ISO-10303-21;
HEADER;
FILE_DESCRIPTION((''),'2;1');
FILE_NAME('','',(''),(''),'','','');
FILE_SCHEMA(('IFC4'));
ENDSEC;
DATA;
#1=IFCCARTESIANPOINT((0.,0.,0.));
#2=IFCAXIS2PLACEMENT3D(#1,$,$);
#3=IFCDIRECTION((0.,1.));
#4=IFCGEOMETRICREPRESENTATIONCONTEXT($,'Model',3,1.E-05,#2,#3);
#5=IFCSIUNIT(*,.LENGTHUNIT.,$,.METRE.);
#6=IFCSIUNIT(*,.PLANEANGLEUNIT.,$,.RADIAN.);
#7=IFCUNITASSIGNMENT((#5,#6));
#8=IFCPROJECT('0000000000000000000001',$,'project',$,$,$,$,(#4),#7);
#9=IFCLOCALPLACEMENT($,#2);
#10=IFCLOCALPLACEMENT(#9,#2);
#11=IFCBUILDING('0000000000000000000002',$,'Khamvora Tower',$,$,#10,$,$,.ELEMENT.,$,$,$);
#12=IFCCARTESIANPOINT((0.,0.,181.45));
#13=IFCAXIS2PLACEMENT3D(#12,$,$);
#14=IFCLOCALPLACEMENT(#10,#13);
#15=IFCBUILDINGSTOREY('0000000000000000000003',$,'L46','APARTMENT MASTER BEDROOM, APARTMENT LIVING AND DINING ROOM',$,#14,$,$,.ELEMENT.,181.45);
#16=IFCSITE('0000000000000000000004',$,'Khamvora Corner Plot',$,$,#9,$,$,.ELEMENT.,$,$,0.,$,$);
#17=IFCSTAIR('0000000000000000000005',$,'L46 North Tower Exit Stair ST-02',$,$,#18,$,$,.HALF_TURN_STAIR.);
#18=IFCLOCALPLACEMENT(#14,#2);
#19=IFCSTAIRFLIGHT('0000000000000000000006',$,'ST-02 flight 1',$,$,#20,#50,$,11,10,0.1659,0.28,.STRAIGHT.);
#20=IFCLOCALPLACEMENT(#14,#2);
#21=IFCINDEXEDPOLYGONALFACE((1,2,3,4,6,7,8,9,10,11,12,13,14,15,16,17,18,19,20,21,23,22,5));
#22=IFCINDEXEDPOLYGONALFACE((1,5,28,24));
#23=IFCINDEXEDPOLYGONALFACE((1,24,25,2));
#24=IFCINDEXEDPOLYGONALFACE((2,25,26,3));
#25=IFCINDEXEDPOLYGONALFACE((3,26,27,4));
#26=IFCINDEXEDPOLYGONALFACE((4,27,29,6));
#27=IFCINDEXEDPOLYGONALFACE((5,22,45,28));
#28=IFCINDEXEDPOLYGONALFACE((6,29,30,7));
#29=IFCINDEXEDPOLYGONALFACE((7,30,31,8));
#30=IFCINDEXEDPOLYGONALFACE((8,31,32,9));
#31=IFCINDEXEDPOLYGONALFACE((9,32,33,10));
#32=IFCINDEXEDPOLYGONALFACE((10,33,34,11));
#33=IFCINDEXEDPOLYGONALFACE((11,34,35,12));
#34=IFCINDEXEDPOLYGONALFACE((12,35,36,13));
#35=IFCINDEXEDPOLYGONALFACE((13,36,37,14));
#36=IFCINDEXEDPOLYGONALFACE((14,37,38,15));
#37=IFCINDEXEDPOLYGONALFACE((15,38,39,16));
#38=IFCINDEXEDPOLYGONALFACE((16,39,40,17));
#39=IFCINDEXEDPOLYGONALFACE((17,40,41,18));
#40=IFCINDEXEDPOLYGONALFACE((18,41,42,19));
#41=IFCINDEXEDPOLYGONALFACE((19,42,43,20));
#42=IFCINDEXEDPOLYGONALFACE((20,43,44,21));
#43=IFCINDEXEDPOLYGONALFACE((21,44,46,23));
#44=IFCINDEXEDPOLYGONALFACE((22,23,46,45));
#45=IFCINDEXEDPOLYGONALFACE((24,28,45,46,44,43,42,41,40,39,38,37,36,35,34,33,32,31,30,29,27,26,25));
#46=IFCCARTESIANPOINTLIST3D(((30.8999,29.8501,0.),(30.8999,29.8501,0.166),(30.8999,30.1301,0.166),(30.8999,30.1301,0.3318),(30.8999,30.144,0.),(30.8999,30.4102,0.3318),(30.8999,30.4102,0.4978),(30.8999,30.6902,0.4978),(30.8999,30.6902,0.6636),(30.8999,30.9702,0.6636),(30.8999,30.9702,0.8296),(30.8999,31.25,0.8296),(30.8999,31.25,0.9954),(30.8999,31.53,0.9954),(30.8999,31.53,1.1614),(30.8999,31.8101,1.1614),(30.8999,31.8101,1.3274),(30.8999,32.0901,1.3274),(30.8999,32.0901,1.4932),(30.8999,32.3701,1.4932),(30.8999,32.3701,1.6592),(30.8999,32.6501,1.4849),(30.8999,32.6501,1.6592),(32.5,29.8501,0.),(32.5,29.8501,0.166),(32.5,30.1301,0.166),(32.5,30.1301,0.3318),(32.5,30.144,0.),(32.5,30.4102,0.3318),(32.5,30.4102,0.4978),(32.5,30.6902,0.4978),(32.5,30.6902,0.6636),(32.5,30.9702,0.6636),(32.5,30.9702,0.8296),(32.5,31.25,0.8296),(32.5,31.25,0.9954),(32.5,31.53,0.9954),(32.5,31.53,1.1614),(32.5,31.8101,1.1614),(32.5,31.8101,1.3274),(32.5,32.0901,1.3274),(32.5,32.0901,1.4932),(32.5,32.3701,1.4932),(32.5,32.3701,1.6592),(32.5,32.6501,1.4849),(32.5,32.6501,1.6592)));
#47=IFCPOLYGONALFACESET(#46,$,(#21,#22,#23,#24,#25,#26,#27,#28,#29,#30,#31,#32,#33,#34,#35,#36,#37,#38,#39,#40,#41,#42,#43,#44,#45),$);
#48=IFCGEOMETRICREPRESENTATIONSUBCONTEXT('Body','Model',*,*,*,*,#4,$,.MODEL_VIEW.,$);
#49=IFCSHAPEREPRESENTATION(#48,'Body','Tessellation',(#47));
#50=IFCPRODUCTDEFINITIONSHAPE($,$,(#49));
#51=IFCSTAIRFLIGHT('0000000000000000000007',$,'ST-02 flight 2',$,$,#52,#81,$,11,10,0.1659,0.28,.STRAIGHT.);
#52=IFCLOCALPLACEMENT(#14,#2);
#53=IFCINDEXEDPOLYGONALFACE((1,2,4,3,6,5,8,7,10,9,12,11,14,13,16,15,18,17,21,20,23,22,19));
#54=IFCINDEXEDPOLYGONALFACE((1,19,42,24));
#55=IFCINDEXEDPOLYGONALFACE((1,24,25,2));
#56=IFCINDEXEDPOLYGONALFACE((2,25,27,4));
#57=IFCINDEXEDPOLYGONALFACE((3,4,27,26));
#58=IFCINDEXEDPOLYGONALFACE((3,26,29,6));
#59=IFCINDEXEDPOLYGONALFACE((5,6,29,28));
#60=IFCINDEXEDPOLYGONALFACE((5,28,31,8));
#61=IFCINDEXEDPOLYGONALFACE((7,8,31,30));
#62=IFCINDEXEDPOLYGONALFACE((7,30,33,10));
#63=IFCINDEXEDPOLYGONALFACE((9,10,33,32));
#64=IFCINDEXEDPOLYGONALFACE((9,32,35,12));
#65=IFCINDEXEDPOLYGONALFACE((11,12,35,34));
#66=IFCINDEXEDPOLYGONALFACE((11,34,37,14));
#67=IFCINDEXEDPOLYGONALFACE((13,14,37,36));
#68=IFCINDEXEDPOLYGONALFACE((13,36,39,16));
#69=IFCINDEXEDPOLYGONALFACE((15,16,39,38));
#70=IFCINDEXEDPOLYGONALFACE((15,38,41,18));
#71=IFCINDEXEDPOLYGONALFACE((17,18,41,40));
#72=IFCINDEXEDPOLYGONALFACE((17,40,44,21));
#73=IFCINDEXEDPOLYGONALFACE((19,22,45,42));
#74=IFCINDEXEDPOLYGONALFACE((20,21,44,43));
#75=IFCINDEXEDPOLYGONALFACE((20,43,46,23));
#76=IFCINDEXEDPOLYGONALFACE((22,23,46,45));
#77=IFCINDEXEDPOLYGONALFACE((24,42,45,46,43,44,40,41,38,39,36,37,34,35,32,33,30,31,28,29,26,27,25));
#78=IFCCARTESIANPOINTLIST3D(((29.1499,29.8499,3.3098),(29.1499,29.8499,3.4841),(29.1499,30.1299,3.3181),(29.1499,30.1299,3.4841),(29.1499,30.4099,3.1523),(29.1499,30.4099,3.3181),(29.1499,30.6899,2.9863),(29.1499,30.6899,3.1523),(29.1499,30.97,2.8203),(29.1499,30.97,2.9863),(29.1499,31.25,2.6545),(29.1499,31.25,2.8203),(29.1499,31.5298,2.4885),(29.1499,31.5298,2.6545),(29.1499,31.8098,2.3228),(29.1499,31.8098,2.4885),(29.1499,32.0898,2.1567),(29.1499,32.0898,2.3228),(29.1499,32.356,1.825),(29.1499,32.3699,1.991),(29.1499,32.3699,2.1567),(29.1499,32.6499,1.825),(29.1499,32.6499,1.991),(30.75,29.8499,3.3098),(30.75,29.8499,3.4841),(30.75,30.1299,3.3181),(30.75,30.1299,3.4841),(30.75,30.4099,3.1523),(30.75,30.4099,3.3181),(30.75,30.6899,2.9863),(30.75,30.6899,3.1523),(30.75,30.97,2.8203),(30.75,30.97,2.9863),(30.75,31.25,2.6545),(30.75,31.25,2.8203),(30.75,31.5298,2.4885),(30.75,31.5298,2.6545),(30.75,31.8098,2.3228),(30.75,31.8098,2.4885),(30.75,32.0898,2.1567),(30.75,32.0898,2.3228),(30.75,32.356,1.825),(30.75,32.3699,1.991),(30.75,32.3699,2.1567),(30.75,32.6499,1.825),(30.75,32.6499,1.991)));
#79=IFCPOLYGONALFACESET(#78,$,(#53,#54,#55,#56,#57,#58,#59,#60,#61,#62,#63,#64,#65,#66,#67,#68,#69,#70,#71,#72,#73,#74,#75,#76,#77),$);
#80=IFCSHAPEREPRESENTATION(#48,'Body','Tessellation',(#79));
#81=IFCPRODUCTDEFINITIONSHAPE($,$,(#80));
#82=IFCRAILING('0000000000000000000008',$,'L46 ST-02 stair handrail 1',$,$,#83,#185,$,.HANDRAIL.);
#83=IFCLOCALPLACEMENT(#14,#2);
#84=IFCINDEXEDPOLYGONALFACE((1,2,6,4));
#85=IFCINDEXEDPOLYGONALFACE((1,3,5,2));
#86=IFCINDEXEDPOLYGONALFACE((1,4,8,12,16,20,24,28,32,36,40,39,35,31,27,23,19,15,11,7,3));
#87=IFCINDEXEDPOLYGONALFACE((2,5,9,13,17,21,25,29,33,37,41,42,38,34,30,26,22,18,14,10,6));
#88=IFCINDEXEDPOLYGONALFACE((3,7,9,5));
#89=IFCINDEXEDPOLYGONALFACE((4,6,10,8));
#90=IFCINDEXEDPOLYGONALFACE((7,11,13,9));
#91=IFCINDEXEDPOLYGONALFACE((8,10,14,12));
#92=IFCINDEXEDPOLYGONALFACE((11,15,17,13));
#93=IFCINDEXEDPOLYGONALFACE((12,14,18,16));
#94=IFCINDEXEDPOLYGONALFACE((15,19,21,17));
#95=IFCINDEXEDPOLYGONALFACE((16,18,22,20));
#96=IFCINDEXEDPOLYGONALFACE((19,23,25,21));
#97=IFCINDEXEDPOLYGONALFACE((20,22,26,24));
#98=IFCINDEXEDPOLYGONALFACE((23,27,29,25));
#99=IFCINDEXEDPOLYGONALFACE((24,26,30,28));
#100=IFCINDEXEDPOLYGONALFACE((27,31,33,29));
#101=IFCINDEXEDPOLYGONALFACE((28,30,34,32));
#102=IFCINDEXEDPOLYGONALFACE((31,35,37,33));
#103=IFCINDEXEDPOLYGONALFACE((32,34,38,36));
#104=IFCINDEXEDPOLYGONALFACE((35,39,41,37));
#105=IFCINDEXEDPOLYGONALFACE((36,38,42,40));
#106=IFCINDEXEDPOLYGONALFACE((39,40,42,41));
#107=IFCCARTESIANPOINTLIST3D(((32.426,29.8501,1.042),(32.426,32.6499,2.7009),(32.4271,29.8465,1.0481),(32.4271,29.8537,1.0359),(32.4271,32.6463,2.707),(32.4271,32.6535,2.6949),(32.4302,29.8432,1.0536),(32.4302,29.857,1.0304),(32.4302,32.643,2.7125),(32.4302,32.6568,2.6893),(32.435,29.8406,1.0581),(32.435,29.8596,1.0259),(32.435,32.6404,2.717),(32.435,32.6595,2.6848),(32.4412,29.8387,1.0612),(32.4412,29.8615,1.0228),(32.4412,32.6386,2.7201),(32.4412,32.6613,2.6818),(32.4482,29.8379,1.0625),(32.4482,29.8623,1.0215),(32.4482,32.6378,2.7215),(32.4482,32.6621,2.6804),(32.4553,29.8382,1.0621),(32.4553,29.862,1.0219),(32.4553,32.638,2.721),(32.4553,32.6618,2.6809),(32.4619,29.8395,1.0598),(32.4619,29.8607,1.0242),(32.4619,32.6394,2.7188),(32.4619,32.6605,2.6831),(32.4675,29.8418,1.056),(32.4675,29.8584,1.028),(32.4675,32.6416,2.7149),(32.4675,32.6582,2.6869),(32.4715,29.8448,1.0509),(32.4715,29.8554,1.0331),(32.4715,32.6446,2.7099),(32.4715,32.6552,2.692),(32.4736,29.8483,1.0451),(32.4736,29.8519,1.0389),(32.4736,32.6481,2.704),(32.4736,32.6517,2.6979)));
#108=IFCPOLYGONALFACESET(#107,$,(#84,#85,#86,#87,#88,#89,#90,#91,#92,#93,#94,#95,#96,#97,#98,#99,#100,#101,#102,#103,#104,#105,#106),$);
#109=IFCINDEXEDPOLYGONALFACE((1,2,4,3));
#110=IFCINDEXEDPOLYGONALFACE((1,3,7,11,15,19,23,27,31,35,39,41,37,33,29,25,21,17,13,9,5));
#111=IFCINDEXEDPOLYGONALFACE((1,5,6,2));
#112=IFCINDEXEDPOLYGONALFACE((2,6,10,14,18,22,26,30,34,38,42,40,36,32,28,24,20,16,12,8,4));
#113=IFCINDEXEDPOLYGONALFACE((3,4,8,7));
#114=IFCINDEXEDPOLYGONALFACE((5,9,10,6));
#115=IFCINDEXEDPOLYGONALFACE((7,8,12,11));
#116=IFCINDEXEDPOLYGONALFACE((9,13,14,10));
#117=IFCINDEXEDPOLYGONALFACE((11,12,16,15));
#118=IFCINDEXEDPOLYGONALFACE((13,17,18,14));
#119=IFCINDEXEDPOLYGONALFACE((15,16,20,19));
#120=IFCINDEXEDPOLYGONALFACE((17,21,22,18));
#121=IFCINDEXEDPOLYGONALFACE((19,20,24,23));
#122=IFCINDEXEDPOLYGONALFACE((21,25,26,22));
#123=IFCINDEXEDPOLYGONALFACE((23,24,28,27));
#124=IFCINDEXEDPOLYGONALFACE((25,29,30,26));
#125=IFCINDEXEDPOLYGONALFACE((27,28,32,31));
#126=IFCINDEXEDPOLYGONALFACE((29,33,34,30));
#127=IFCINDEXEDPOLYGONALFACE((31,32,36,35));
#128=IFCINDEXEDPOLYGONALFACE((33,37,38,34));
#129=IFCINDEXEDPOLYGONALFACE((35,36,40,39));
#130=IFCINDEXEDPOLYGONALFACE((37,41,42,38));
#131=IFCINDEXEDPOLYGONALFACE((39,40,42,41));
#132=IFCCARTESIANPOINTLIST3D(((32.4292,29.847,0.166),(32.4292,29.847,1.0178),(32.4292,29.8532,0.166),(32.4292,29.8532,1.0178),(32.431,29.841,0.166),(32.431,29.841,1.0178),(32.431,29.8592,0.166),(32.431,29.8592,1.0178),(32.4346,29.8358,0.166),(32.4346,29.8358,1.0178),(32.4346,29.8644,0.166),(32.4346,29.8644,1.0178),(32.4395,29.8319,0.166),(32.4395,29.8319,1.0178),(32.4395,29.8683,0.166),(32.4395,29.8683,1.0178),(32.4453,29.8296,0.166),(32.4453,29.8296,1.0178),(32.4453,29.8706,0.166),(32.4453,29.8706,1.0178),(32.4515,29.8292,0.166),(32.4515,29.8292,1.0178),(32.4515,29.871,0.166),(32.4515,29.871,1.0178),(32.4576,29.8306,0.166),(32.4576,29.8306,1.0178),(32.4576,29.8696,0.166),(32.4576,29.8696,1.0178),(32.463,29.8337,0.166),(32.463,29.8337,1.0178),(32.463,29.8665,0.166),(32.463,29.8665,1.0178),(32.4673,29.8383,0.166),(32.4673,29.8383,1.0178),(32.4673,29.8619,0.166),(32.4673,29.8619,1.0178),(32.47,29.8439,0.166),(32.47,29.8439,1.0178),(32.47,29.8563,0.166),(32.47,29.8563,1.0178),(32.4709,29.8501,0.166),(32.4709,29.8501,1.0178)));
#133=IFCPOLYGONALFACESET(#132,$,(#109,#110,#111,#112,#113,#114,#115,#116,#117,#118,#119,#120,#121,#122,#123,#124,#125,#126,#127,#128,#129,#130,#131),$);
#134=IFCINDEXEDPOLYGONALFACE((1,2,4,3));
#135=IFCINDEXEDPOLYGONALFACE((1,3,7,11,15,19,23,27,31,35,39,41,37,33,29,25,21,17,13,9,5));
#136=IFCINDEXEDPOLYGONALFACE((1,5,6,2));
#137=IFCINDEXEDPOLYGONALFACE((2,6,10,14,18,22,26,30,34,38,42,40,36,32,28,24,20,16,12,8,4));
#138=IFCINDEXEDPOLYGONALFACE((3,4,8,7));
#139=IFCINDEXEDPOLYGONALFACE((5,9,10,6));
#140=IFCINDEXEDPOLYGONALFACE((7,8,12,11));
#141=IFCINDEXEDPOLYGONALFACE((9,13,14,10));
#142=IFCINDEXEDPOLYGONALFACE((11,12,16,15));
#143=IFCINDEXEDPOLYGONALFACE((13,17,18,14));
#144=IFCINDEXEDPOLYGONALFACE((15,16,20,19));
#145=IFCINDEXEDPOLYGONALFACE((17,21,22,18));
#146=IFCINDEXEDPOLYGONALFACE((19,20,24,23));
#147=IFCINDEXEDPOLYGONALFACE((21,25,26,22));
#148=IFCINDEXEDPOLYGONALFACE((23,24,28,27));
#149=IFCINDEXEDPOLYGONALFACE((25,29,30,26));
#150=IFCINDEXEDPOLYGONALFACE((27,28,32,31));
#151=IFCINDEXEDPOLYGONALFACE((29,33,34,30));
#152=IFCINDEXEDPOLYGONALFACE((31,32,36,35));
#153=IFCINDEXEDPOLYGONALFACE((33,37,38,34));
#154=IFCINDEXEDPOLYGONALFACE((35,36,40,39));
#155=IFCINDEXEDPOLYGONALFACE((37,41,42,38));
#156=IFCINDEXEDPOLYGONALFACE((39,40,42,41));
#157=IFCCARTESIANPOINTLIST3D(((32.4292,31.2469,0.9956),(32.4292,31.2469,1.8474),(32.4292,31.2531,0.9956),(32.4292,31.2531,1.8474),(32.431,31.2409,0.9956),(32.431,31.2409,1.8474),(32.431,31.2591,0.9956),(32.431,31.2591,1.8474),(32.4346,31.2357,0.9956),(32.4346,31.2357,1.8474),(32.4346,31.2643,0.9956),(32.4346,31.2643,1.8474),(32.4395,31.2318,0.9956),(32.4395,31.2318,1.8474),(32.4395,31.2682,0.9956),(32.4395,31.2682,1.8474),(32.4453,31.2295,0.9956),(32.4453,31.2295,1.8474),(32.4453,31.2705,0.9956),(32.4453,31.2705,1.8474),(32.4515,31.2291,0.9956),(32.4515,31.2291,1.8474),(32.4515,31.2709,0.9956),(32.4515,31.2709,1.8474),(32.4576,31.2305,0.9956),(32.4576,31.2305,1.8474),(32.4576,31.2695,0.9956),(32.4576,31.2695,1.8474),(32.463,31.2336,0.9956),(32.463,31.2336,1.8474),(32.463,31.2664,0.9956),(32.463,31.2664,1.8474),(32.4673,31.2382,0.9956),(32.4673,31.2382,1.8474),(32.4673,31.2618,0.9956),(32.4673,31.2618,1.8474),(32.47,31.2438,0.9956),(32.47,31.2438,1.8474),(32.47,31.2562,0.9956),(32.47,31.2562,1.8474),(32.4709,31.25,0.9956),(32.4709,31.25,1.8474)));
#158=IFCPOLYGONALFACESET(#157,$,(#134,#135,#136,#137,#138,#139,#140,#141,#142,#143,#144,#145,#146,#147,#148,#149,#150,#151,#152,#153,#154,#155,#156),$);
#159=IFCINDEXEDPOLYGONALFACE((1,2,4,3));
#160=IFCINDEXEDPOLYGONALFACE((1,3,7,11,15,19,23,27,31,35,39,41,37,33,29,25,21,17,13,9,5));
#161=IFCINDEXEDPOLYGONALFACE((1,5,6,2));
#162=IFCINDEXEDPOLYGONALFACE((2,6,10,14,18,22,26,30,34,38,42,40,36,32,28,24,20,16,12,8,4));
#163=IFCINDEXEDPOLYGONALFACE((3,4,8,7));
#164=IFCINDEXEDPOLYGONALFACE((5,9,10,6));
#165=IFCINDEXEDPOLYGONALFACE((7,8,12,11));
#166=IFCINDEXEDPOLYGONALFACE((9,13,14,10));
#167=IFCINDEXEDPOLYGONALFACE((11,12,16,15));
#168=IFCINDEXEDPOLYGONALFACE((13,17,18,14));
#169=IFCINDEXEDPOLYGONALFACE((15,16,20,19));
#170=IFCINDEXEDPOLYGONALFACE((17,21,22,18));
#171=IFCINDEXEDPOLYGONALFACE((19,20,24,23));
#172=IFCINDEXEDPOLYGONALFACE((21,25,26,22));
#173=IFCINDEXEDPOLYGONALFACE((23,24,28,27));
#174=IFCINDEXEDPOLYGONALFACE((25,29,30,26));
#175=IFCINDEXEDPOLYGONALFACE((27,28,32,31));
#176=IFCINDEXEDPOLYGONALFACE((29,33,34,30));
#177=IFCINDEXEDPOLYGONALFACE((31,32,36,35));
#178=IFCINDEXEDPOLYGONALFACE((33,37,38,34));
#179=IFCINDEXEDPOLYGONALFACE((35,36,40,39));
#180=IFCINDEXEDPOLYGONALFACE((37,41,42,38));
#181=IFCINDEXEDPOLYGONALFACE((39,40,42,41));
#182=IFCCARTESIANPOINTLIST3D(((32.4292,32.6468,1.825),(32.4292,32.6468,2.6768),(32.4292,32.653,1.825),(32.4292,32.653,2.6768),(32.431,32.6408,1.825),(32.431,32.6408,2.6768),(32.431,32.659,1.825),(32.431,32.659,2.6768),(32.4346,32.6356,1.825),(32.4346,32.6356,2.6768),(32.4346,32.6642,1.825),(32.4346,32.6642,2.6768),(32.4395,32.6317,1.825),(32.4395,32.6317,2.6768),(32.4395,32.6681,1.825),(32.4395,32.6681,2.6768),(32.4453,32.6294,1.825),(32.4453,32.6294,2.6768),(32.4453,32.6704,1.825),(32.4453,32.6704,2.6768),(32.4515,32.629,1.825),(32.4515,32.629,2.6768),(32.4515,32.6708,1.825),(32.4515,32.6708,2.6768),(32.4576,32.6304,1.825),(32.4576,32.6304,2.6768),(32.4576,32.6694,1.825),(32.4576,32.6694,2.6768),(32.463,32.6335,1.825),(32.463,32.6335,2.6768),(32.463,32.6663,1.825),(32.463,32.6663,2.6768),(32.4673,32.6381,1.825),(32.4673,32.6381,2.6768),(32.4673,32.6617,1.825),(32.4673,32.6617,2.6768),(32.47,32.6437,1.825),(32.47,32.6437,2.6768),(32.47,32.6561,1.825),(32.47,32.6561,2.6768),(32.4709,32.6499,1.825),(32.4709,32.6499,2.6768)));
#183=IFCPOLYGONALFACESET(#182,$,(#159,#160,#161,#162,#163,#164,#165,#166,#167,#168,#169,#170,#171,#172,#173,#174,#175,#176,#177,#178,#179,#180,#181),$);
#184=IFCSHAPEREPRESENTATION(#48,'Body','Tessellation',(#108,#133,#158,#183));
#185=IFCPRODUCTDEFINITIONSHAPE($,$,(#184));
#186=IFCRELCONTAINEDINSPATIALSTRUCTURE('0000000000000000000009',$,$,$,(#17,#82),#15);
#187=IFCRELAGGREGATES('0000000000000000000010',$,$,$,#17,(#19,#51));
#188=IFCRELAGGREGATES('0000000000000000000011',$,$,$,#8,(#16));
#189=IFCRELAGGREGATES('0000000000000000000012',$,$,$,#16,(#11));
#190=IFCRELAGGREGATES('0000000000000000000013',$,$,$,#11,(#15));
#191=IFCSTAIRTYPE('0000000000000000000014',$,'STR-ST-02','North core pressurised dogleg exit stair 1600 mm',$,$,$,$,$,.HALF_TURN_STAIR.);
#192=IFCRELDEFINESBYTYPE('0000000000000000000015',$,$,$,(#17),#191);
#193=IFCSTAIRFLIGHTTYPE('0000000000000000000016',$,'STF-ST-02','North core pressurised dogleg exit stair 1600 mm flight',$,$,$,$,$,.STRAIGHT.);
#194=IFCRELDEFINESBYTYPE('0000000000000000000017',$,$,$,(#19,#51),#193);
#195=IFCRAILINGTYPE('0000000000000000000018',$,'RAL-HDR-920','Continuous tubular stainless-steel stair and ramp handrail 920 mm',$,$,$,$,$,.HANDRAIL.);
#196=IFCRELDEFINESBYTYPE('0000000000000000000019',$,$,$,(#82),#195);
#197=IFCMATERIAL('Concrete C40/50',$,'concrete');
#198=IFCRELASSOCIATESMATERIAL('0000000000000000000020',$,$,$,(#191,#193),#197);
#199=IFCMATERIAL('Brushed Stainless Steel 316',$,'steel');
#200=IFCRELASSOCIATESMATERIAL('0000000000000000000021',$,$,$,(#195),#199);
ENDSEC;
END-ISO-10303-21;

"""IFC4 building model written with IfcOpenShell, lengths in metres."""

from ifc_helpers import new_model, si_unit, direction, frame, origin, origin_2d, place, context, subcontext, project, spatial, polyline, circle, outline, extrude, material, type_object, element, aggregate, save


model = new_model("IFC4")

# Units and contexts
model_context = context("Model", 3, precision=1e-05, world=origin(), true_north=direction((0.0, 1.0)))
body_context = subcontext(model_context, "Body", "Model", "MODEL_VIEW")
ifc_project = project(units=[si_unit("LENGTHUNIT", "METRE"), si_unit("PLANEANGLEUNIT", "RADIAN")], contexts=[model_context])

# Site, building, storey
site_placement = place(None, origin())
site = spatial("IfcSite", under=ifc_project, at=site_placement, Name="Khamvora Corner Plot", CompositionType="ELEMENT", RefElevation=0.0)
building_placement = place(site_placement, origin())
building = spatial("IfcBuilding", under=site, at=building_placement, Name="Khamvora Tower", CompositionType="ELEMENT")
storey_placement = place(building_placement, frame((0.0, 0.0, 181.45)))
storey = spatial("IfcBuildingStorey", under=building, at=storey_placement, Name="L46", Description="APARTMENT MASTER BEDROOM, APARTMENT LIVING AND DINING ROOM", CompositionType="ELEMENT", Elevation=181.45)

# Stair, stair flights
ifc_material_1 = material(Name="Concrete C40/50", Category="concrete")
stair_type = type_object("IfcStairType", Name="STR-ST-02", Description="North core pressurised dogleg exit stair 1600 mm", PredefinedType="HALF_TURN_STAIR", material=ifc_material_1)
stair_placement = place(storey_placement, origin())
stair = element("IfcStair", 1, at=stair_placement, inside=storey, type_object=stair_type, Name="L46 North Tower Exit Stair ST-02", PredefinedType="HALF_TURN_STAIR")
stair_flight_type = type_object("IfcStairFlightType", Name="STF-ST-02", Description="North core pressurised dogleg exit stair 1600 mm flight", PredefinedType="STRAIGHT", material=ifc_material_1)
stair_flight_1_placement = place(storey_placement, frame((31.7, 29.8501, 0.0), z_axis=(0.0, 0.0, 1.0), x_axis=(0.0, 1.0, 0.0)))
stair_flight_1 = element("IfcStairFlight", 2, at=stair_flight_1_placement, type_object=stair_flight_type, Name="ST-02 flight 1", NumberOfRisers=11, NumberOfTreads=10, PredefinedType="STRAIGHT", RiserHeight=0.1659, TreadLength=0.28, context=body_context, shape_type="SweptSolid", body=[
    extrude(outline(polyline([(0.0, 0.0), (0.0, 0.166), (0.28, 0.166), (0.28, 0.3318), (0.5601, 0.3318), (0.5601, 0.4978), (0.8401, 0.4978), (0.8401, 0.6636), (1.1201, 0.6636), (1.1201, 0.8296), (1.3999, 0.8296), (1.3999, 0.9954), (1.6799, 0.9954), (1.6799, 1.1614), (1.96, 1.1614), (1.96, 1.3274), (2.24, 1.3274), (2.24, 1.4932), (2.52, 1.4932), (2.52, 1.6592), (2.8, 1.6592), (2.8, 1.825), (2.8, 1.4849), (0.2939, 0.0), (0.0, 0.0)])), frame((0.0, 0.8, 0.0), z_axis=(0.0, -1.0, 0.0), x_axis=(1.0, 0.0, 0.0)), (0.0, 0.0, 1.0), 1.6001),
])
stair_flight_2_placement = place(storey_placement, frame((29.95, 32.6499, 1.825), z_axis=(0.0, 0.0, 1.0), x_axis=(0.0, -1.0, 0.0)))
stair_flight_2 = element("IfcStairFlight", 3, at=stair_flight_2_placement, type_object=stair_flight_type, Name="ST-02 flight 2", NumberOfRisers=11, NumberOfTreads=10, PredefinedType="STRAIGHT", RiserHeight=0.1659, TreadLength=0.28, context=body_context, shape_type="SweptSolid", body=[
    extrude(outline(polyline([(0.0, 0.0), (0.0, 0.166), (0.28, 0.166), (0.28, 0.3318), (0.5601, 0.3318), (0.5601, 0.4978), (0.8401, 0.4978), (0.8401, 0.6636), (1.1201, 0.6636), (1.1201, 0.8296), (1.3999, 0.8296), (1.3999, 0.9954), (1.6799, 0.9954), (1.6799, 1.1614), (1.96, 1.1614), (1.96, 1.3274), (2.24, 1.3274), (2.24, 1.4932), (2.52, 1.4932), (2.52, 1.6592), (2.8, 1.6592), (2.8, 1.825), (2.8, 1.4849), (0.2939, 0.0), (0.0, 0.0)])), frame((0.0, 0.8, 0.0), z_axis=(0.0, -1.0, 0.0), x_axis=(1.0, 0.0, 0.0)), (0.0, 0.0, 1.0), 1.6001),
])
aggregate(stair, [stair_flight_1, stair_flight_2])

# Railing
ifc_material_2 = material(Name="Brushed Stainless Steel 316", Category="steel")
railing_type_1 = type_object("IfcRailingType", Name="RAL-HDR-920", Description="Continuous tubular stainless-steel stair and ramp handrail 920 mm", PredefinedType="HANDRAIL", material=ifc_material_2)
railing_1_placement = place(storey_placement, frame((32.45, 29.8501, 0.166)))
element("IfcRailing", 4, at=railing_1_placement, inside=storey, type_object=railing_type_1, Name="L46 ST-02 stair handrail 1", PredefinedType="HANDRAIL", context=body_context, shape_type="SweptSolid", body=[
    extrude(circle(Radius=0.0239, at=origin_2d()), frame((0.0, 0.0, 0.876), z_axis=(0.0, 0.86032, 0.509755), x_axis=(-1.0, 0.0, 0.0)), (0.0, 0.0, 1.0), 3.2544),
    extrude(circle(Radius=0.021, at=origin_2d()), origin(), (0.0, 0.0, 1.0), 0.8518),
    extrude(circle(Radius=0.021, at=origin_2d()), frame((0.0, 1.3999, 0.8296)), (0.0, 0.0, 1.0), 0.8518),
    extrude(circle(Radius=0.021, at=origin_2d()), frame((0.0, 2.7998, 1.6589)), (0.0, 0.0, 1.0), 0.8518),
])

save(model, "model.ifc")
